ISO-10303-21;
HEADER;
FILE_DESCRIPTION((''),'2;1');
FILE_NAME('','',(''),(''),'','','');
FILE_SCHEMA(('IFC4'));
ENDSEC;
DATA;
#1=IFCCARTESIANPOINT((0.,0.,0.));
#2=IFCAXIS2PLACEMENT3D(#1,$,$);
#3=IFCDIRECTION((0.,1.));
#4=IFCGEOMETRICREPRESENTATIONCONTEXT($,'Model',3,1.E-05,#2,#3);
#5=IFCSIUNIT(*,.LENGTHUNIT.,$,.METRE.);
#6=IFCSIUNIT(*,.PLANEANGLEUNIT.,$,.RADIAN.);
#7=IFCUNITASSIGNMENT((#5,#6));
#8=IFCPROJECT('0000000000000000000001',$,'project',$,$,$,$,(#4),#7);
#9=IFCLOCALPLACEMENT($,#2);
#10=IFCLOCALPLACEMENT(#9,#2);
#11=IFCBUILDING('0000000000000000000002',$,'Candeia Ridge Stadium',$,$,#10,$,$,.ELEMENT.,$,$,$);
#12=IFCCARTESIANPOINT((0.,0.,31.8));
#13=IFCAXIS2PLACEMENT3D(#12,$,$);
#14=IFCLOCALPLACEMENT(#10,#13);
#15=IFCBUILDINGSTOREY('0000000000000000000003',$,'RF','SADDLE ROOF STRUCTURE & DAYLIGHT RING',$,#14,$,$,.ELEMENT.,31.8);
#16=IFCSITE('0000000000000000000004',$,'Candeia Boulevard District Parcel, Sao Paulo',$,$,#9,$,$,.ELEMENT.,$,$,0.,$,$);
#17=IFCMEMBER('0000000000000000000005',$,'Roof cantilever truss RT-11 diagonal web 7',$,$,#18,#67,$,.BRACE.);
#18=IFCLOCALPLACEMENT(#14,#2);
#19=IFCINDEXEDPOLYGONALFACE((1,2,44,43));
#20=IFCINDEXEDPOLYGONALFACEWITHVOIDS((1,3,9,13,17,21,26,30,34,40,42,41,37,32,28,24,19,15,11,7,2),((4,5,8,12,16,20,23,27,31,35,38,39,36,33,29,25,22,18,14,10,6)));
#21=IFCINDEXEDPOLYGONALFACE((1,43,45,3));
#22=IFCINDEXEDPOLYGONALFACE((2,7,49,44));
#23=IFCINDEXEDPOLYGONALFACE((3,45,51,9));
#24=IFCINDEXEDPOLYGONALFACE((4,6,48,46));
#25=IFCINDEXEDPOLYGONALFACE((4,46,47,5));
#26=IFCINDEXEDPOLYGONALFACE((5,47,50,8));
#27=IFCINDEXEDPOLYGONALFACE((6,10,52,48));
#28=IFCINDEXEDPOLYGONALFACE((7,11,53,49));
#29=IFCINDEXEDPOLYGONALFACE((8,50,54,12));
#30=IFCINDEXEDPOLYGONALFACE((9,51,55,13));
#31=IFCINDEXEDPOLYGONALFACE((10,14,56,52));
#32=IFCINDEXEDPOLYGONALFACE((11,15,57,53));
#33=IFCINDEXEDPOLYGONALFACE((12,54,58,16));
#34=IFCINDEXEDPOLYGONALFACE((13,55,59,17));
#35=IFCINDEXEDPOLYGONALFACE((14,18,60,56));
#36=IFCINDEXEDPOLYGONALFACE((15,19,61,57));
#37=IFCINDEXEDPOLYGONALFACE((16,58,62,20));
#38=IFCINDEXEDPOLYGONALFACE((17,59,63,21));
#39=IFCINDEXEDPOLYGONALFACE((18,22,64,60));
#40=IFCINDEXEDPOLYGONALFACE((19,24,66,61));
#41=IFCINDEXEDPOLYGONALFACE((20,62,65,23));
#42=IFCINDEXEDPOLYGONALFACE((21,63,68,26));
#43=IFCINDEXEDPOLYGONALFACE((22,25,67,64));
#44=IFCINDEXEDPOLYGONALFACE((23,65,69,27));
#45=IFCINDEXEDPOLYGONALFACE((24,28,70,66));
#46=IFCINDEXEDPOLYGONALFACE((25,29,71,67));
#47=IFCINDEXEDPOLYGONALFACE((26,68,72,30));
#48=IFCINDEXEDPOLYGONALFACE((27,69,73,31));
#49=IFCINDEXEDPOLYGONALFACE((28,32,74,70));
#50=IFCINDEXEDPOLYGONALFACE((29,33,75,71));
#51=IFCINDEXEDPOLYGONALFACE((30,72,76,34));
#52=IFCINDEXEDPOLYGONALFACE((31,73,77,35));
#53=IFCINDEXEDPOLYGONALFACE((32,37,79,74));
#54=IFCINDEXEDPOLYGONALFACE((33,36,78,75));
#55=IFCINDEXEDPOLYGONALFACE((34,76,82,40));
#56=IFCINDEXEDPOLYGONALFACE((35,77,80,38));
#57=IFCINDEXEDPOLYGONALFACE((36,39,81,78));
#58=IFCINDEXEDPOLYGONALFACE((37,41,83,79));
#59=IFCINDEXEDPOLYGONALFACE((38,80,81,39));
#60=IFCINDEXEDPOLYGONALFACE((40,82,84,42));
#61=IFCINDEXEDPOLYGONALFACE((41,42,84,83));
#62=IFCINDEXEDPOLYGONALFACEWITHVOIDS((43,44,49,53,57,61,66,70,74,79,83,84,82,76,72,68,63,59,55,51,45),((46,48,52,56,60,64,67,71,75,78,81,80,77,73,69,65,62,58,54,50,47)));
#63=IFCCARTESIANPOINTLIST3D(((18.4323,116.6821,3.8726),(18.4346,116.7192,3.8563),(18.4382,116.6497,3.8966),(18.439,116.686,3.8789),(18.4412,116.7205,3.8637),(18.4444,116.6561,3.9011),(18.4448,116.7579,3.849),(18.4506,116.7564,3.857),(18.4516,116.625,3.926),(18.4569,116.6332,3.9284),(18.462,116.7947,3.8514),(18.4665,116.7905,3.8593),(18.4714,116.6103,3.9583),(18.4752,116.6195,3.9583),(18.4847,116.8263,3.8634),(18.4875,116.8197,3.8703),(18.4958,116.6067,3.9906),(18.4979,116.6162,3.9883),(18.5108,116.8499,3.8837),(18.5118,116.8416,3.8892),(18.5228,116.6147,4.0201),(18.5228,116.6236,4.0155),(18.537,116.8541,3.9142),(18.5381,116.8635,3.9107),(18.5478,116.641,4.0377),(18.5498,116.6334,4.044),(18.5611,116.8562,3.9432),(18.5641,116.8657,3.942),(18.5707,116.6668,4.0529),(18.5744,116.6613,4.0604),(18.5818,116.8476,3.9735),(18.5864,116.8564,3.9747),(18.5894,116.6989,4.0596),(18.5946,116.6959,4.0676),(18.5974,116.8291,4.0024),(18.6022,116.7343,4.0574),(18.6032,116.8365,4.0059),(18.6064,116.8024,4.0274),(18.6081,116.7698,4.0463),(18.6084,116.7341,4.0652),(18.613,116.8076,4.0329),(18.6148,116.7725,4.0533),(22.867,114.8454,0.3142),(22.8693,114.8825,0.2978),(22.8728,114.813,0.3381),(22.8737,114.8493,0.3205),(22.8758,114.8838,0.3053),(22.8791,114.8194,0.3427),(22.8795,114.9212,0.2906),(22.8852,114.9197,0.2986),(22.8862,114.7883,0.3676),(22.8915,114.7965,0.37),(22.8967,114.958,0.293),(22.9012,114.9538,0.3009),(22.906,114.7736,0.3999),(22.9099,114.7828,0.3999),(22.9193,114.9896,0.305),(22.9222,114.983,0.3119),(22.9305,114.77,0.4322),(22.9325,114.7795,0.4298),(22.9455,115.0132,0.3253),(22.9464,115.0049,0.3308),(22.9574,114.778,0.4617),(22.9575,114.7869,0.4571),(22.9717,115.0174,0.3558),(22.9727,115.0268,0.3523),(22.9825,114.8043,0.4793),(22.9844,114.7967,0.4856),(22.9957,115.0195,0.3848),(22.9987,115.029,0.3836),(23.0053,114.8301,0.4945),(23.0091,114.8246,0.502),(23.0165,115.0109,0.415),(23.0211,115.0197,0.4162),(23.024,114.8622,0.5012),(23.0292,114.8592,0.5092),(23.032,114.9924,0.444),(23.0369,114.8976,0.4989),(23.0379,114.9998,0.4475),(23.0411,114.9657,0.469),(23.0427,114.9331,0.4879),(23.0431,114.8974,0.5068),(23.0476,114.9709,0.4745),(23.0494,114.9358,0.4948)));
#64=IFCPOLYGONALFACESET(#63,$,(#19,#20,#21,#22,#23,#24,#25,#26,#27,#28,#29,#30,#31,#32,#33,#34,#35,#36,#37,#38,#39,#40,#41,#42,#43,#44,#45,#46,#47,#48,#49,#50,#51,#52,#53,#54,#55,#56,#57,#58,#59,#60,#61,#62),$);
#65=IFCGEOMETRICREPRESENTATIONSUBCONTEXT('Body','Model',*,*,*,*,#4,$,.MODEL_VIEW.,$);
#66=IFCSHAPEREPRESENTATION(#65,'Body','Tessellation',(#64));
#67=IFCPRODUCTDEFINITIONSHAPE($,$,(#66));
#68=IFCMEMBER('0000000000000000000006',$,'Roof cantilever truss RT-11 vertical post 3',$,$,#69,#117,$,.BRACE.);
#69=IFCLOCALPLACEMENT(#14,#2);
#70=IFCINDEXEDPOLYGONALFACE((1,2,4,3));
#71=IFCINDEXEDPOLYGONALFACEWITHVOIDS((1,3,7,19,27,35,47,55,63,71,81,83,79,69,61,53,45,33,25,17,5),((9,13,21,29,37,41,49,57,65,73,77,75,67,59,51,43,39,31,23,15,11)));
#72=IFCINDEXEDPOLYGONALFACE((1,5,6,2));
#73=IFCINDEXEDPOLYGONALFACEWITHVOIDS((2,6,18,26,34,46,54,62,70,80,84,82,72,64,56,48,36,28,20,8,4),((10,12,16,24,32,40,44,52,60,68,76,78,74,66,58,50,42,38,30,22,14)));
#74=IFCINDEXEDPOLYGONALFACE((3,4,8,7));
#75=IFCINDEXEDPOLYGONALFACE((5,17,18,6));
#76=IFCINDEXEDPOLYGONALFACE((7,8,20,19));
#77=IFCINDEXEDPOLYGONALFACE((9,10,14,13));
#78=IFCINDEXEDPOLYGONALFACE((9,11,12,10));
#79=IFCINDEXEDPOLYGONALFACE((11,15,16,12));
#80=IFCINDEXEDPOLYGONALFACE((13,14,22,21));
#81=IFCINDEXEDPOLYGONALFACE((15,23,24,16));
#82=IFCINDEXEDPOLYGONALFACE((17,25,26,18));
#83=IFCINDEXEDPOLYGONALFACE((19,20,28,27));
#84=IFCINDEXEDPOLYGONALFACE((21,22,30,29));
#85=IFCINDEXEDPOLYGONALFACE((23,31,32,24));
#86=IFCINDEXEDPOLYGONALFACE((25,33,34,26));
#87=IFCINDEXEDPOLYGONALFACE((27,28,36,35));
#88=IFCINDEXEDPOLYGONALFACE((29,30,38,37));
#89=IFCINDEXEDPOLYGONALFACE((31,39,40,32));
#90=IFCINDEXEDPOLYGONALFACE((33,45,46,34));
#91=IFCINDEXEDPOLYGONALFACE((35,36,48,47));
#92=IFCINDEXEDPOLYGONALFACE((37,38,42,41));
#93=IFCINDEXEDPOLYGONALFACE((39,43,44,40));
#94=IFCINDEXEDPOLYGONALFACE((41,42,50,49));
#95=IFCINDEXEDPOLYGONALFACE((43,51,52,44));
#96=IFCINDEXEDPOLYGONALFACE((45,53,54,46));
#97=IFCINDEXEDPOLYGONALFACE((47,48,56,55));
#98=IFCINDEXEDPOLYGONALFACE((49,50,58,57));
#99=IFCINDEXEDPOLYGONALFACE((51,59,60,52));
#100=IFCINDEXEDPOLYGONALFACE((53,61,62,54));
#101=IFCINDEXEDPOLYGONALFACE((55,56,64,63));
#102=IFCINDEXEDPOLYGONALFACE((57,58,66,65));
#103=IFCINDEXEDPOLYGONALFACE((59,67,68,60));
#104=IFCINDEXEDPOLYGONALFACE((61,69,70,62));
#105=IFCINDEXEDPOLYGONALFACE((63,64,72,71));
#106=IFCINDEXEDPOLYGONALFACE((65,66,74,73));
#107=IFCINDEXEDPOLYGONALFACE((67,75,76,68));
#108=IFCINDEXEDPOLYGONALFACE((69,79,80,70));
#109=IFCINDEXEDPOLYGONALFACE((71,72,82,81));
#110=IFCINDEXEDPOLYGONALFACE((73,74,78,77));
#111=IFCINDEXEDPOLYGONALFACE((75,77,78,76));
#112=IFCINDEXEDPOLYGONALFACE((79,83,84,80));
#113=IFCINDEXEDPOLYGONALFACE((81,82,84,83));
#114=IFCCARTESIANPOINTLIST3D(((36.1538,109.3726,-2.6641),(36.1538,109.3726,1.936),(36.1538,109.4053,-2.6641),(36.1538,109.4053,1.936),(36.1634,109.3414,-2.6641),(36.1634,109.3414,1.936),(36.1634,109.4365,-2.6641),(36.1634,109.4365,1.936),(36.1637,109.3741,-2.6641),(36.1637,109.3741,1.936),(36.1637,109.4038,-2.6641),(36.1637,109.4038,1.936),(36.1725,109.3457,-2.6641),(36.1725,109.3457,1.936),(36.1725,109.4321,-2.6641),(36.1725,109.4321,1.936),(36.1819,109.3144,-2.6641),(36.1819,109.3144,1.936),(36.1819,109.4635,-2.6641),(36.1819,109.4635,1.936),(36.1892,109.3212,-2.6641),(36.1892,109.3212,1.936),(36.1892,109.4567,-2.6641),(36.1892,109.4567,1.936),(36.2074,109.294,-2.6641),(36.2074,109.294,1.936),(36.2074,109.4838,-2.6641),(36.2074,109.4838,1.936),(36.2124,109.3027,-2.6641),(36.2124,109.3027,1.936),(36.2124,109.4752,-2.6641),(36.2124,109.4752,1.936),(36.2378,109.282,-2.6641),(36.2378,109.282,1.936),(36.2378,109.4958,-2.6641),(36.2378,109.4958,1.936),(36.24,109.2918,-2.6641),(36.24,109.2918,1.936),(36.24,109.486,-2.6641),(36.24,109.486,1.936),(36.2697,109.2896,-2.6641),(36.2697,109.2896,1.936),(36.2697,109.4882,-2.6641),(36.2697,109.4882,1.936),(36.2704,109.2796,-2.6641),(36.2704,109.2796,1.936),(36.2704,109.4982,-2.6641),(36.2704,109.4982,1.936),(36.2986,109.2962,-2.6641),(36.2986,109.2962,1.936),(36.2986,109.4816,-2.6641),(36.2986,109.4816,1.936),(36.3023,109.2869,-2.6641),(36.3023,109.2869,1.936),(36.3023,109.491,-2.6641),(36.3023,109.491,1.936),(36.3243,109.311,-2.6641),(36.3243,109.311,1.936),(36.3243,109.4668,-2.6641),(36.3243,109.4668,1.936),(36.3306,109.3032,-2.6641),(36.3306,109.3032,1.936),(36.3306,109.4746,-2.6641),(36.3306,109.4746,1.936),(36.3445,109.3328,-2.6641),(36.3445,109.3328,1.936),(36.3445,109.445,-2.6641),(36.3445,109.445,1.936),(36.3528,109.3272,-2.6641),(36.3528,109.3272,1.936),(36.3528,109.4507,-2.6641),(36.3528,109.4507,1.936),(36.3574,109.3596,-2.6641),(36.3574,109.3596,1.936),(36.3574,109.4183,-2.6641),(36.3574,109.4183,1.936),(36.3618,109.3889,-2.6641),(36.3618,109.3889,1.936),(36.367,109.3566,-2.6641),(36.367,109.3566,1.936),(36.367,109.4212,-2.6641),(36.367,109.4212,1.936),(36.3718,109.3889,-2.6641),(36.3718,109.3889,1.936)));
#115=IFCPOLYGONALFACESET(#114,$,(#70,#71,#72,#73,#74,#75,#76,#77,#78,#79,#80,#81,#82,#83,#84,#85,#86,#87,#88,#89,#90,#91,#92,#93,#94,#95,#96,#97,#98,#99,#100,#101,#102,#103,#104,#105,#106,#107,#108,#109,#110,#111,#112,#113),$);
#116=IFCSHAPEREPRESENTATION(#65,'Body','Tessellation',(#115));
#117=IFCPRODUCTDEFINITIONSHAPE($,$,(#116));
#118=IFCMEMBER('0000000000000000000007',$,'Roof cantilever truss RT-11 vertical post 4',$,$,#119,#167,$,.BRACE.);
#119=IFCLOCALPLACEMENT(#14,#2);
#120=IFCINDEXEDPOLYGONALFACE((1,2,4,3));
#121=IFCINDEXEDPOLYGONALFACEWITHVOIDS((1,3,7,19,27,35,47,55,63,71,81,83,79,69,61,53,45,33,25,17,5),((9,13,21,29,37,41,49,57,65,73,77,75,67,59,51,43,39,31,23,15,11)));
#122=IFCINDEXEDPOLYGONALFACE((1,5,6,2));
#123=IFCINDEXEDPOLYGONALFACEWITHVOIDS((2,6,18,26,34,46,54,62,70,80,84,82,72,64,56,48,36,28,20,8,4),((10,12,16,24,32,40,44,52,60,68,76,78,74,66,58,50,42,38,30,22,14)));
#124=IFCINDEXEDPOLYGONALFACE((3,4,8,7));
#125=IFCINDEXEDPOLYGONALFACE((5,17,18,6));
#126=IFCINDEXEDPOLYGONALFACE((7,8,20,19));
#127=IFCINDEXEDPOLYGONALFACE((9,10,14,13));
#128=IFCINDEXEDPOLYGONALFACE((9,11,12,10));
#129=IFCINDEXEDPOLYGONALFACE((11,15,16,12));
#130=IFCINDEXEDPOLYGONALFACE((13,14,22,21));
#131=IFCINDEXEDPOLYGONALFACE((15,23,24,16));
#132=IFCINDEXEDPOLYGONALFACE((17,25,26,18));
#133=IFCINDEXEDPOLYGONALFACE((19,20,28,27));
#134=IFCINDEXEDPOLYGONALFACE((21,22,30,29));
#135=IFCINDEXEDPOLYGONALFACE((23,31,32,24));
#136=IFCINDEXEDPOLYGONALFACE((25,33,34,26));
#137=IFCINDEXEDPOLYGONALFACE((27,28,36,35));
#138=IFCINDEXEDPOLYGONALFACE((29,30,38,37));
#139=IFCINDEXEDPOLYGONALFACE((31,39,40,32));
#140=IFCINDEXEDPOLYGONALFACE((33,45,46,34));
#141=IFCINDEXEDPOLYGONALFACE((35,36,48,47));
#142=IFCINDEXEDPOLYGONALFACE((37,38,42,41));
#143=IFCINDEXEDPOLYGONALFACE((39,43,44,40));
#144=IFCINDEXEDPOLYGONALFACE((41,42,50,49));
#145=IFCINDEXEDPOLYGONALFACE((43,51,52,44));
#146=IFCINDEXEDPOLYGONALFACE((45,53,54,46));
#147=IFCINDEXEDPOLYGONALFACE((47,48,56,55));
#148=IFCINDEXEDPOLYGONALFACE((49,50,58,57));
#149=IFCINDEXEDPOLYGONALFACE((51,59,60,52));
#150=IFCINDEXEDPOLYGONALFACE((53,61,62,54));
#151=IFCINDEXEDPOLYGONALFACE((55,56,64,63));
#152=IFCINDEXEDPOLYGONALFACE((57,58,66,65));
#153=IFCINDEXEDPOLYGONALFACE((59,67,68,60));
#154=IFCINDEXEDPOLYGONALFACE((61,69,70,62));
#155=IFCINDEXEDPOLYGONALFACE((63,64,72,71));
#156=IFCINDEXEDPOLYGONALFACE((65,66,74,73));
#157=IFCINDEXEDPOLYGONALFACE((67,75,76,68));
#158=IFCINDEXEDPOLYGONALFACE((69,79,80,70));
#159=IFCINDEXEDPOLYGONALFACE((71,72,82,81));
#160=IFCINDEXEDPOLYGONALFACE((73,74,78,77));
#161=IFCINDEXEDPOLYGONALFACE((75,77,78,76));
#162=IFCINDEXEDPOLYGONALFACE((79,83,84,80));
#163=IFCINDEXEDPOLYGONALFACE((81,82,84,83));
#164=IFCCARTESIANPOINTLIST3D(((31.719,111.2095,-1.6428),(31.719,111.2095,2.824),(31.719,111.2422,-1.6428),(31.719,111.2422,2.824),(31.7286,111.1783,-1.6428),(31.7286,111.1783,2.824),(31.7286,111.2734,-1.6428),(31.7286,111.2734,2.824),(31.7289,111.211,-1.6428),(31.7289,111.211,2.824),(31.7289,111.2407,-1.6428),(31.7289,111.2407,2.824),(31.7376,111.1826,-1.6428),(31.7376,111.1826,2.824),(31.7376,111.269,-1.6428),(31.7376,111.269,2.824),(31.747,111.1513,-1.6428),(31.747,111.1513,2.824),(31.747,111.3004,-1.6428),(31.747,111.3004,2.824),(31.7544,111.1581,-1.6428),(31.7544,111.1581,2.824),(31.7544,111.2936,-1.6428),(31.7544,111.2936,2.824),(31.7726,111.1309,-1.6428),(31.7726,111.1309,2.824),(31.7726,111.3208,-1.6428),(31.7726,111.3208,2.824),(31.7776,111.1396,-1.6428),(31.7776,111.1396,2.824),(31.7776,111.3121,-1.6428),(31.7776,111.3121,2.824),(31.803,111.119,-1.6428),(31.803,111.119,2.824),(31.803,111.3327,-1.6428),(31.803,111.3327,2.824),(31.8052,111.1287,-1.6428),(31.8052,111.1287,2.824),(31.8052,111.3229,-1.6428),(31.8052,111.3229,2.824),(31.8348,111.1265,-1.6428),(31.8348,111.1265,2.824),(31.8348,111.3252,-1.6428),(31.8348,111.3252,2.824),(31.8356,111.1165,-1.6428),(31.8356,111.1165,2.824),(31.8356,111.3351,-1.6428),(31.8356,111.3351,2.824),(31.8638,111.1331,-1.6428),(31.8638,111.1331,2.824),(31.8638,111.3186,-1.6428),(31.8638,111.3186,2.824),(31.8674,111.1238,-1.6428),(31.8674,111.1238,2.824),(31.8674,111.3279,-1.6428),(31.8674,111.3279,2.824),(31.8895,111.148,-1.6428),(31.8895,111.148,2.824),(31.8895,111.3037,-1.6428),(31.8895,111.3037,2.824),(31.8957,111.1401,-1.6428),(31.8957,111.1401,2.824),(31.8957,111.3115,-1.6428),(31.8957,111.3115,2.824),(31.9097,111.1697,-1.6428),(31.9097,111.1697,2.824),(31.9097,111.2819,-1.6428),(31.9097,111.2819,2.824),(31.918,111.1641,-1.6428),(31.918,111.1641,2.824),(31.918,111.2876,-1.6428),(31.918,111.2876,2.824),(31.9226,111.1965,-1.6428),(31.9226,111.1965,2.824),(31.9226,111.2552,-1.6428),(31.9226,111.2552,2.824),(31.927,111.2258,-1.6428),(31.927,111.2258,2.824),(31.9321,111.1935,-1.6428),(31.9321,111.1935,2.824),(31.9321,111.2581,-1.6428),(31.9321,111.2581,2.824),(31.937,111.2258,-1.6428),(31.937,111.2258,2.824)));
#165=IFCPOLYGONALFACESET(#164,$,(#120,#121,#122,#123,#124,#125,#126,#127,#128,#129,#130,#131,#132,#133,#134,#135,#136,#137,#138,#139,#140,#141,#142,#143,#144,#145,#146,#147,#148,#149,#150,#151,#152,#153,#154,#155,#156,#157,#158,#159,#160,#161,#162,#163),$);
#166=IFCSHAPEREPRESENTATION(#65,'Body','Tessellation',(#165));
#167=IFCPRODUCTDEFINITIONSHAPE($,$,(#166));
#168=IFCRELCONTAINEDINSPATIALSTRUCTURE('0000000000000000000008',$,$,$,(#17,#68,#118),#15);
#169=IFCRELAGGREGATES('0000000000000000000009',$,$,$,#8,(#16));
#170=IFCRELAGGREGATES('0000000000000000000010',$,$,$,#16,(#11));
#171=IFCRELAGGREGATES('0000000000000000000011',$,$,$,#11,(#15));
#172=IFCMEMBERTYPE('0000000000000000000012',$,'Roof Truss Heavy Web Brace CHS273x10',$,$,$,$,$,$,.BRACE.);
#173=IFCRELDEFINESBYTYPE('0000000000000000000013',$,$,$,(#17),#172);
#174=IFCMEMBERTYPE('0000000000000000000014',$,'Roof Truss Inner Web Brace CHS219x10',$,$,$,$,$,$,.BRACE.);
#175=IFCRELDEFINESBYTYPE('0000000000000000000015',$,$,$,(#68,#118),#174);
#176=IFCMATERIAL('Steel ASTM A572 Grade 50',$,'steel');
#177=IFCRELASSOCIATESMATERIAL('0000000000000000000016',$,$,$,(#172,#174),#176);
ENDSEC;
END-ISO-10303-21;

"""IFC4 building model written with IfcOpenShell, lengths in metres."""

from ifc_helpers import new_model, si_unit, direction, frame, origin, origin_2d, place, context, subcontext, project, spatial, hollow_circle, extrude, material, material_profile, profile_set, type_object, element, save


model = new_model("IFC4")

# Units and contexts
model_context = context("Model", 3, precision=1e-05, world=origin(), true_north=direction((0.0, 1.0)))
body_context = subcontext(model_context, "Body", "Model", "MODEL_VIEW")
ifc_project = project(units=[si_unit("LENGTHUNIT", "METRE"), si_unit("PLANEANGLEUNIT", "RADIAN")], contexts=[model_context])

# Site, building, storey
site_placement = place(None, origin())
site = spatial("IfcSite", under=ifc_project, at=site_placement, Name="Candeia Boulevard District Parcel, Sao Paulo", CompositionType="ELEMENT", RefElevation=0.0)
building_placement = place(site_placement, origin())
building = spatial("IfcBuilding", under=site, at=building_placement, Name="Candeia Ridge Stadium", CompositionType="ELEMENT")
storey_placement = place(building_placement, frame((0.0, 0.0, 31.8)))
storey = spatial("IfcBuildingStorey", under=building, at=storey_placement, Name="RF", Description="SADDLE ROOF STRUCTURE & DAYLIGHT RING", CompositionType="ELEMENT", Elevation=31.8)

# Shared definitions
ifc_material_1 = material(Name="Steel ASTM A572 Grade 50", Category="steel")

# Members
ifc_material_profile_1 = material_profile(ifc_material_1, hollow_circle(Radius=0.1365, WallThickness=0.01, at=origin_2d()), Name="CHS273x10", Category="steel")
ifc_profile_set_1 = profile_set([ifc_material_profile_1], Name="Steel ASTM A572 Grade 50")
member_type_1 = type_object("IfcMemberType", Name="Roof Truss Heavy Web Brace CHS273x10", PredefinedType="BRACE", material=ifc_profile_set_1)
member_1_placement = place(storey_placement, frame((22.9583, 114.8997, 0.3999), z_axis=(-0.742188, 0.307392, 0.59554), x_axis=(-0.38265, -0.923893, 0.0)))
element("IfcMember", 1, at=member_1_placement, inside=storey, type_object=member_type_1, Name="Roof cantilever truss RT-11 diagonal web 7", PredefinedType="BRACE", context=body_context, shape_type="SweptSolid", body=[
    extrude(hollow_circle(Radius=0.1365, WallThickness=0.01, at=origin_2d()), origin(), (0.0, 0.0, 1.0), 5.9751),
])
ifc_material_profile_2 = material_profile(ifc_material_1, hollow_circle(Radius=0.1096, WallThickness=0.01, at=origin_2d()), Name="CHS219x10", Category="steel")
ifc_profile_set_2 = profile_set([ifc_material_profile_2], Name="Steel ASTM A572 Grade 50")
member_type_2 = type_object("IfcMemberType", Name="Roof Truss Inner Web Brace CHS219x10", PredefinedType="BRACE", material=ifc_profile_set_2)
member_2_placement = place(storey_placement, frame((36.2622, 109.3889, -2.6641), z_axis=(0.0, 0.0, 1.0), x_axis=(1.0, 0.0, 0.0)))
element("IfcMember", 2, at=member_2_placement, inside=storey, type_object=member_type_2, Name="Roof cantilever truss RT-11 vertical post 3", PredefinedType="BRACE", context=body_context, shape_type="SweptSolid", body=[
    extrude(hollow_circle(Radius=0.1096, WallThickness=0.01, at=origin_2d()), origin(), (0.0, 0.0, 1.0), 4.6001),
])
member_3_placement = place(storey_placement, frame((31.8274, 111.2258, -1.6428), z_axis=(0.0, 0.0, 1.0), x_axis=(1.0, 0.0, 0.0)))
element("IfcMember", 3, at=member_3_placement, inside=storey, type_object=member_type_2, Name="Roof cantilever truss RT-11 vertical post 4", PredefinedType="BRACE", context=body_context, shape_type="SweptSolid", body=[
    extrude(hollow_circle(Radius=0.1096, WallThickness=0.01, at=origin_2d()), origin(), (0.0, 0.0, 1.0), 4.4668),
])

save(model, "model.ifc")
